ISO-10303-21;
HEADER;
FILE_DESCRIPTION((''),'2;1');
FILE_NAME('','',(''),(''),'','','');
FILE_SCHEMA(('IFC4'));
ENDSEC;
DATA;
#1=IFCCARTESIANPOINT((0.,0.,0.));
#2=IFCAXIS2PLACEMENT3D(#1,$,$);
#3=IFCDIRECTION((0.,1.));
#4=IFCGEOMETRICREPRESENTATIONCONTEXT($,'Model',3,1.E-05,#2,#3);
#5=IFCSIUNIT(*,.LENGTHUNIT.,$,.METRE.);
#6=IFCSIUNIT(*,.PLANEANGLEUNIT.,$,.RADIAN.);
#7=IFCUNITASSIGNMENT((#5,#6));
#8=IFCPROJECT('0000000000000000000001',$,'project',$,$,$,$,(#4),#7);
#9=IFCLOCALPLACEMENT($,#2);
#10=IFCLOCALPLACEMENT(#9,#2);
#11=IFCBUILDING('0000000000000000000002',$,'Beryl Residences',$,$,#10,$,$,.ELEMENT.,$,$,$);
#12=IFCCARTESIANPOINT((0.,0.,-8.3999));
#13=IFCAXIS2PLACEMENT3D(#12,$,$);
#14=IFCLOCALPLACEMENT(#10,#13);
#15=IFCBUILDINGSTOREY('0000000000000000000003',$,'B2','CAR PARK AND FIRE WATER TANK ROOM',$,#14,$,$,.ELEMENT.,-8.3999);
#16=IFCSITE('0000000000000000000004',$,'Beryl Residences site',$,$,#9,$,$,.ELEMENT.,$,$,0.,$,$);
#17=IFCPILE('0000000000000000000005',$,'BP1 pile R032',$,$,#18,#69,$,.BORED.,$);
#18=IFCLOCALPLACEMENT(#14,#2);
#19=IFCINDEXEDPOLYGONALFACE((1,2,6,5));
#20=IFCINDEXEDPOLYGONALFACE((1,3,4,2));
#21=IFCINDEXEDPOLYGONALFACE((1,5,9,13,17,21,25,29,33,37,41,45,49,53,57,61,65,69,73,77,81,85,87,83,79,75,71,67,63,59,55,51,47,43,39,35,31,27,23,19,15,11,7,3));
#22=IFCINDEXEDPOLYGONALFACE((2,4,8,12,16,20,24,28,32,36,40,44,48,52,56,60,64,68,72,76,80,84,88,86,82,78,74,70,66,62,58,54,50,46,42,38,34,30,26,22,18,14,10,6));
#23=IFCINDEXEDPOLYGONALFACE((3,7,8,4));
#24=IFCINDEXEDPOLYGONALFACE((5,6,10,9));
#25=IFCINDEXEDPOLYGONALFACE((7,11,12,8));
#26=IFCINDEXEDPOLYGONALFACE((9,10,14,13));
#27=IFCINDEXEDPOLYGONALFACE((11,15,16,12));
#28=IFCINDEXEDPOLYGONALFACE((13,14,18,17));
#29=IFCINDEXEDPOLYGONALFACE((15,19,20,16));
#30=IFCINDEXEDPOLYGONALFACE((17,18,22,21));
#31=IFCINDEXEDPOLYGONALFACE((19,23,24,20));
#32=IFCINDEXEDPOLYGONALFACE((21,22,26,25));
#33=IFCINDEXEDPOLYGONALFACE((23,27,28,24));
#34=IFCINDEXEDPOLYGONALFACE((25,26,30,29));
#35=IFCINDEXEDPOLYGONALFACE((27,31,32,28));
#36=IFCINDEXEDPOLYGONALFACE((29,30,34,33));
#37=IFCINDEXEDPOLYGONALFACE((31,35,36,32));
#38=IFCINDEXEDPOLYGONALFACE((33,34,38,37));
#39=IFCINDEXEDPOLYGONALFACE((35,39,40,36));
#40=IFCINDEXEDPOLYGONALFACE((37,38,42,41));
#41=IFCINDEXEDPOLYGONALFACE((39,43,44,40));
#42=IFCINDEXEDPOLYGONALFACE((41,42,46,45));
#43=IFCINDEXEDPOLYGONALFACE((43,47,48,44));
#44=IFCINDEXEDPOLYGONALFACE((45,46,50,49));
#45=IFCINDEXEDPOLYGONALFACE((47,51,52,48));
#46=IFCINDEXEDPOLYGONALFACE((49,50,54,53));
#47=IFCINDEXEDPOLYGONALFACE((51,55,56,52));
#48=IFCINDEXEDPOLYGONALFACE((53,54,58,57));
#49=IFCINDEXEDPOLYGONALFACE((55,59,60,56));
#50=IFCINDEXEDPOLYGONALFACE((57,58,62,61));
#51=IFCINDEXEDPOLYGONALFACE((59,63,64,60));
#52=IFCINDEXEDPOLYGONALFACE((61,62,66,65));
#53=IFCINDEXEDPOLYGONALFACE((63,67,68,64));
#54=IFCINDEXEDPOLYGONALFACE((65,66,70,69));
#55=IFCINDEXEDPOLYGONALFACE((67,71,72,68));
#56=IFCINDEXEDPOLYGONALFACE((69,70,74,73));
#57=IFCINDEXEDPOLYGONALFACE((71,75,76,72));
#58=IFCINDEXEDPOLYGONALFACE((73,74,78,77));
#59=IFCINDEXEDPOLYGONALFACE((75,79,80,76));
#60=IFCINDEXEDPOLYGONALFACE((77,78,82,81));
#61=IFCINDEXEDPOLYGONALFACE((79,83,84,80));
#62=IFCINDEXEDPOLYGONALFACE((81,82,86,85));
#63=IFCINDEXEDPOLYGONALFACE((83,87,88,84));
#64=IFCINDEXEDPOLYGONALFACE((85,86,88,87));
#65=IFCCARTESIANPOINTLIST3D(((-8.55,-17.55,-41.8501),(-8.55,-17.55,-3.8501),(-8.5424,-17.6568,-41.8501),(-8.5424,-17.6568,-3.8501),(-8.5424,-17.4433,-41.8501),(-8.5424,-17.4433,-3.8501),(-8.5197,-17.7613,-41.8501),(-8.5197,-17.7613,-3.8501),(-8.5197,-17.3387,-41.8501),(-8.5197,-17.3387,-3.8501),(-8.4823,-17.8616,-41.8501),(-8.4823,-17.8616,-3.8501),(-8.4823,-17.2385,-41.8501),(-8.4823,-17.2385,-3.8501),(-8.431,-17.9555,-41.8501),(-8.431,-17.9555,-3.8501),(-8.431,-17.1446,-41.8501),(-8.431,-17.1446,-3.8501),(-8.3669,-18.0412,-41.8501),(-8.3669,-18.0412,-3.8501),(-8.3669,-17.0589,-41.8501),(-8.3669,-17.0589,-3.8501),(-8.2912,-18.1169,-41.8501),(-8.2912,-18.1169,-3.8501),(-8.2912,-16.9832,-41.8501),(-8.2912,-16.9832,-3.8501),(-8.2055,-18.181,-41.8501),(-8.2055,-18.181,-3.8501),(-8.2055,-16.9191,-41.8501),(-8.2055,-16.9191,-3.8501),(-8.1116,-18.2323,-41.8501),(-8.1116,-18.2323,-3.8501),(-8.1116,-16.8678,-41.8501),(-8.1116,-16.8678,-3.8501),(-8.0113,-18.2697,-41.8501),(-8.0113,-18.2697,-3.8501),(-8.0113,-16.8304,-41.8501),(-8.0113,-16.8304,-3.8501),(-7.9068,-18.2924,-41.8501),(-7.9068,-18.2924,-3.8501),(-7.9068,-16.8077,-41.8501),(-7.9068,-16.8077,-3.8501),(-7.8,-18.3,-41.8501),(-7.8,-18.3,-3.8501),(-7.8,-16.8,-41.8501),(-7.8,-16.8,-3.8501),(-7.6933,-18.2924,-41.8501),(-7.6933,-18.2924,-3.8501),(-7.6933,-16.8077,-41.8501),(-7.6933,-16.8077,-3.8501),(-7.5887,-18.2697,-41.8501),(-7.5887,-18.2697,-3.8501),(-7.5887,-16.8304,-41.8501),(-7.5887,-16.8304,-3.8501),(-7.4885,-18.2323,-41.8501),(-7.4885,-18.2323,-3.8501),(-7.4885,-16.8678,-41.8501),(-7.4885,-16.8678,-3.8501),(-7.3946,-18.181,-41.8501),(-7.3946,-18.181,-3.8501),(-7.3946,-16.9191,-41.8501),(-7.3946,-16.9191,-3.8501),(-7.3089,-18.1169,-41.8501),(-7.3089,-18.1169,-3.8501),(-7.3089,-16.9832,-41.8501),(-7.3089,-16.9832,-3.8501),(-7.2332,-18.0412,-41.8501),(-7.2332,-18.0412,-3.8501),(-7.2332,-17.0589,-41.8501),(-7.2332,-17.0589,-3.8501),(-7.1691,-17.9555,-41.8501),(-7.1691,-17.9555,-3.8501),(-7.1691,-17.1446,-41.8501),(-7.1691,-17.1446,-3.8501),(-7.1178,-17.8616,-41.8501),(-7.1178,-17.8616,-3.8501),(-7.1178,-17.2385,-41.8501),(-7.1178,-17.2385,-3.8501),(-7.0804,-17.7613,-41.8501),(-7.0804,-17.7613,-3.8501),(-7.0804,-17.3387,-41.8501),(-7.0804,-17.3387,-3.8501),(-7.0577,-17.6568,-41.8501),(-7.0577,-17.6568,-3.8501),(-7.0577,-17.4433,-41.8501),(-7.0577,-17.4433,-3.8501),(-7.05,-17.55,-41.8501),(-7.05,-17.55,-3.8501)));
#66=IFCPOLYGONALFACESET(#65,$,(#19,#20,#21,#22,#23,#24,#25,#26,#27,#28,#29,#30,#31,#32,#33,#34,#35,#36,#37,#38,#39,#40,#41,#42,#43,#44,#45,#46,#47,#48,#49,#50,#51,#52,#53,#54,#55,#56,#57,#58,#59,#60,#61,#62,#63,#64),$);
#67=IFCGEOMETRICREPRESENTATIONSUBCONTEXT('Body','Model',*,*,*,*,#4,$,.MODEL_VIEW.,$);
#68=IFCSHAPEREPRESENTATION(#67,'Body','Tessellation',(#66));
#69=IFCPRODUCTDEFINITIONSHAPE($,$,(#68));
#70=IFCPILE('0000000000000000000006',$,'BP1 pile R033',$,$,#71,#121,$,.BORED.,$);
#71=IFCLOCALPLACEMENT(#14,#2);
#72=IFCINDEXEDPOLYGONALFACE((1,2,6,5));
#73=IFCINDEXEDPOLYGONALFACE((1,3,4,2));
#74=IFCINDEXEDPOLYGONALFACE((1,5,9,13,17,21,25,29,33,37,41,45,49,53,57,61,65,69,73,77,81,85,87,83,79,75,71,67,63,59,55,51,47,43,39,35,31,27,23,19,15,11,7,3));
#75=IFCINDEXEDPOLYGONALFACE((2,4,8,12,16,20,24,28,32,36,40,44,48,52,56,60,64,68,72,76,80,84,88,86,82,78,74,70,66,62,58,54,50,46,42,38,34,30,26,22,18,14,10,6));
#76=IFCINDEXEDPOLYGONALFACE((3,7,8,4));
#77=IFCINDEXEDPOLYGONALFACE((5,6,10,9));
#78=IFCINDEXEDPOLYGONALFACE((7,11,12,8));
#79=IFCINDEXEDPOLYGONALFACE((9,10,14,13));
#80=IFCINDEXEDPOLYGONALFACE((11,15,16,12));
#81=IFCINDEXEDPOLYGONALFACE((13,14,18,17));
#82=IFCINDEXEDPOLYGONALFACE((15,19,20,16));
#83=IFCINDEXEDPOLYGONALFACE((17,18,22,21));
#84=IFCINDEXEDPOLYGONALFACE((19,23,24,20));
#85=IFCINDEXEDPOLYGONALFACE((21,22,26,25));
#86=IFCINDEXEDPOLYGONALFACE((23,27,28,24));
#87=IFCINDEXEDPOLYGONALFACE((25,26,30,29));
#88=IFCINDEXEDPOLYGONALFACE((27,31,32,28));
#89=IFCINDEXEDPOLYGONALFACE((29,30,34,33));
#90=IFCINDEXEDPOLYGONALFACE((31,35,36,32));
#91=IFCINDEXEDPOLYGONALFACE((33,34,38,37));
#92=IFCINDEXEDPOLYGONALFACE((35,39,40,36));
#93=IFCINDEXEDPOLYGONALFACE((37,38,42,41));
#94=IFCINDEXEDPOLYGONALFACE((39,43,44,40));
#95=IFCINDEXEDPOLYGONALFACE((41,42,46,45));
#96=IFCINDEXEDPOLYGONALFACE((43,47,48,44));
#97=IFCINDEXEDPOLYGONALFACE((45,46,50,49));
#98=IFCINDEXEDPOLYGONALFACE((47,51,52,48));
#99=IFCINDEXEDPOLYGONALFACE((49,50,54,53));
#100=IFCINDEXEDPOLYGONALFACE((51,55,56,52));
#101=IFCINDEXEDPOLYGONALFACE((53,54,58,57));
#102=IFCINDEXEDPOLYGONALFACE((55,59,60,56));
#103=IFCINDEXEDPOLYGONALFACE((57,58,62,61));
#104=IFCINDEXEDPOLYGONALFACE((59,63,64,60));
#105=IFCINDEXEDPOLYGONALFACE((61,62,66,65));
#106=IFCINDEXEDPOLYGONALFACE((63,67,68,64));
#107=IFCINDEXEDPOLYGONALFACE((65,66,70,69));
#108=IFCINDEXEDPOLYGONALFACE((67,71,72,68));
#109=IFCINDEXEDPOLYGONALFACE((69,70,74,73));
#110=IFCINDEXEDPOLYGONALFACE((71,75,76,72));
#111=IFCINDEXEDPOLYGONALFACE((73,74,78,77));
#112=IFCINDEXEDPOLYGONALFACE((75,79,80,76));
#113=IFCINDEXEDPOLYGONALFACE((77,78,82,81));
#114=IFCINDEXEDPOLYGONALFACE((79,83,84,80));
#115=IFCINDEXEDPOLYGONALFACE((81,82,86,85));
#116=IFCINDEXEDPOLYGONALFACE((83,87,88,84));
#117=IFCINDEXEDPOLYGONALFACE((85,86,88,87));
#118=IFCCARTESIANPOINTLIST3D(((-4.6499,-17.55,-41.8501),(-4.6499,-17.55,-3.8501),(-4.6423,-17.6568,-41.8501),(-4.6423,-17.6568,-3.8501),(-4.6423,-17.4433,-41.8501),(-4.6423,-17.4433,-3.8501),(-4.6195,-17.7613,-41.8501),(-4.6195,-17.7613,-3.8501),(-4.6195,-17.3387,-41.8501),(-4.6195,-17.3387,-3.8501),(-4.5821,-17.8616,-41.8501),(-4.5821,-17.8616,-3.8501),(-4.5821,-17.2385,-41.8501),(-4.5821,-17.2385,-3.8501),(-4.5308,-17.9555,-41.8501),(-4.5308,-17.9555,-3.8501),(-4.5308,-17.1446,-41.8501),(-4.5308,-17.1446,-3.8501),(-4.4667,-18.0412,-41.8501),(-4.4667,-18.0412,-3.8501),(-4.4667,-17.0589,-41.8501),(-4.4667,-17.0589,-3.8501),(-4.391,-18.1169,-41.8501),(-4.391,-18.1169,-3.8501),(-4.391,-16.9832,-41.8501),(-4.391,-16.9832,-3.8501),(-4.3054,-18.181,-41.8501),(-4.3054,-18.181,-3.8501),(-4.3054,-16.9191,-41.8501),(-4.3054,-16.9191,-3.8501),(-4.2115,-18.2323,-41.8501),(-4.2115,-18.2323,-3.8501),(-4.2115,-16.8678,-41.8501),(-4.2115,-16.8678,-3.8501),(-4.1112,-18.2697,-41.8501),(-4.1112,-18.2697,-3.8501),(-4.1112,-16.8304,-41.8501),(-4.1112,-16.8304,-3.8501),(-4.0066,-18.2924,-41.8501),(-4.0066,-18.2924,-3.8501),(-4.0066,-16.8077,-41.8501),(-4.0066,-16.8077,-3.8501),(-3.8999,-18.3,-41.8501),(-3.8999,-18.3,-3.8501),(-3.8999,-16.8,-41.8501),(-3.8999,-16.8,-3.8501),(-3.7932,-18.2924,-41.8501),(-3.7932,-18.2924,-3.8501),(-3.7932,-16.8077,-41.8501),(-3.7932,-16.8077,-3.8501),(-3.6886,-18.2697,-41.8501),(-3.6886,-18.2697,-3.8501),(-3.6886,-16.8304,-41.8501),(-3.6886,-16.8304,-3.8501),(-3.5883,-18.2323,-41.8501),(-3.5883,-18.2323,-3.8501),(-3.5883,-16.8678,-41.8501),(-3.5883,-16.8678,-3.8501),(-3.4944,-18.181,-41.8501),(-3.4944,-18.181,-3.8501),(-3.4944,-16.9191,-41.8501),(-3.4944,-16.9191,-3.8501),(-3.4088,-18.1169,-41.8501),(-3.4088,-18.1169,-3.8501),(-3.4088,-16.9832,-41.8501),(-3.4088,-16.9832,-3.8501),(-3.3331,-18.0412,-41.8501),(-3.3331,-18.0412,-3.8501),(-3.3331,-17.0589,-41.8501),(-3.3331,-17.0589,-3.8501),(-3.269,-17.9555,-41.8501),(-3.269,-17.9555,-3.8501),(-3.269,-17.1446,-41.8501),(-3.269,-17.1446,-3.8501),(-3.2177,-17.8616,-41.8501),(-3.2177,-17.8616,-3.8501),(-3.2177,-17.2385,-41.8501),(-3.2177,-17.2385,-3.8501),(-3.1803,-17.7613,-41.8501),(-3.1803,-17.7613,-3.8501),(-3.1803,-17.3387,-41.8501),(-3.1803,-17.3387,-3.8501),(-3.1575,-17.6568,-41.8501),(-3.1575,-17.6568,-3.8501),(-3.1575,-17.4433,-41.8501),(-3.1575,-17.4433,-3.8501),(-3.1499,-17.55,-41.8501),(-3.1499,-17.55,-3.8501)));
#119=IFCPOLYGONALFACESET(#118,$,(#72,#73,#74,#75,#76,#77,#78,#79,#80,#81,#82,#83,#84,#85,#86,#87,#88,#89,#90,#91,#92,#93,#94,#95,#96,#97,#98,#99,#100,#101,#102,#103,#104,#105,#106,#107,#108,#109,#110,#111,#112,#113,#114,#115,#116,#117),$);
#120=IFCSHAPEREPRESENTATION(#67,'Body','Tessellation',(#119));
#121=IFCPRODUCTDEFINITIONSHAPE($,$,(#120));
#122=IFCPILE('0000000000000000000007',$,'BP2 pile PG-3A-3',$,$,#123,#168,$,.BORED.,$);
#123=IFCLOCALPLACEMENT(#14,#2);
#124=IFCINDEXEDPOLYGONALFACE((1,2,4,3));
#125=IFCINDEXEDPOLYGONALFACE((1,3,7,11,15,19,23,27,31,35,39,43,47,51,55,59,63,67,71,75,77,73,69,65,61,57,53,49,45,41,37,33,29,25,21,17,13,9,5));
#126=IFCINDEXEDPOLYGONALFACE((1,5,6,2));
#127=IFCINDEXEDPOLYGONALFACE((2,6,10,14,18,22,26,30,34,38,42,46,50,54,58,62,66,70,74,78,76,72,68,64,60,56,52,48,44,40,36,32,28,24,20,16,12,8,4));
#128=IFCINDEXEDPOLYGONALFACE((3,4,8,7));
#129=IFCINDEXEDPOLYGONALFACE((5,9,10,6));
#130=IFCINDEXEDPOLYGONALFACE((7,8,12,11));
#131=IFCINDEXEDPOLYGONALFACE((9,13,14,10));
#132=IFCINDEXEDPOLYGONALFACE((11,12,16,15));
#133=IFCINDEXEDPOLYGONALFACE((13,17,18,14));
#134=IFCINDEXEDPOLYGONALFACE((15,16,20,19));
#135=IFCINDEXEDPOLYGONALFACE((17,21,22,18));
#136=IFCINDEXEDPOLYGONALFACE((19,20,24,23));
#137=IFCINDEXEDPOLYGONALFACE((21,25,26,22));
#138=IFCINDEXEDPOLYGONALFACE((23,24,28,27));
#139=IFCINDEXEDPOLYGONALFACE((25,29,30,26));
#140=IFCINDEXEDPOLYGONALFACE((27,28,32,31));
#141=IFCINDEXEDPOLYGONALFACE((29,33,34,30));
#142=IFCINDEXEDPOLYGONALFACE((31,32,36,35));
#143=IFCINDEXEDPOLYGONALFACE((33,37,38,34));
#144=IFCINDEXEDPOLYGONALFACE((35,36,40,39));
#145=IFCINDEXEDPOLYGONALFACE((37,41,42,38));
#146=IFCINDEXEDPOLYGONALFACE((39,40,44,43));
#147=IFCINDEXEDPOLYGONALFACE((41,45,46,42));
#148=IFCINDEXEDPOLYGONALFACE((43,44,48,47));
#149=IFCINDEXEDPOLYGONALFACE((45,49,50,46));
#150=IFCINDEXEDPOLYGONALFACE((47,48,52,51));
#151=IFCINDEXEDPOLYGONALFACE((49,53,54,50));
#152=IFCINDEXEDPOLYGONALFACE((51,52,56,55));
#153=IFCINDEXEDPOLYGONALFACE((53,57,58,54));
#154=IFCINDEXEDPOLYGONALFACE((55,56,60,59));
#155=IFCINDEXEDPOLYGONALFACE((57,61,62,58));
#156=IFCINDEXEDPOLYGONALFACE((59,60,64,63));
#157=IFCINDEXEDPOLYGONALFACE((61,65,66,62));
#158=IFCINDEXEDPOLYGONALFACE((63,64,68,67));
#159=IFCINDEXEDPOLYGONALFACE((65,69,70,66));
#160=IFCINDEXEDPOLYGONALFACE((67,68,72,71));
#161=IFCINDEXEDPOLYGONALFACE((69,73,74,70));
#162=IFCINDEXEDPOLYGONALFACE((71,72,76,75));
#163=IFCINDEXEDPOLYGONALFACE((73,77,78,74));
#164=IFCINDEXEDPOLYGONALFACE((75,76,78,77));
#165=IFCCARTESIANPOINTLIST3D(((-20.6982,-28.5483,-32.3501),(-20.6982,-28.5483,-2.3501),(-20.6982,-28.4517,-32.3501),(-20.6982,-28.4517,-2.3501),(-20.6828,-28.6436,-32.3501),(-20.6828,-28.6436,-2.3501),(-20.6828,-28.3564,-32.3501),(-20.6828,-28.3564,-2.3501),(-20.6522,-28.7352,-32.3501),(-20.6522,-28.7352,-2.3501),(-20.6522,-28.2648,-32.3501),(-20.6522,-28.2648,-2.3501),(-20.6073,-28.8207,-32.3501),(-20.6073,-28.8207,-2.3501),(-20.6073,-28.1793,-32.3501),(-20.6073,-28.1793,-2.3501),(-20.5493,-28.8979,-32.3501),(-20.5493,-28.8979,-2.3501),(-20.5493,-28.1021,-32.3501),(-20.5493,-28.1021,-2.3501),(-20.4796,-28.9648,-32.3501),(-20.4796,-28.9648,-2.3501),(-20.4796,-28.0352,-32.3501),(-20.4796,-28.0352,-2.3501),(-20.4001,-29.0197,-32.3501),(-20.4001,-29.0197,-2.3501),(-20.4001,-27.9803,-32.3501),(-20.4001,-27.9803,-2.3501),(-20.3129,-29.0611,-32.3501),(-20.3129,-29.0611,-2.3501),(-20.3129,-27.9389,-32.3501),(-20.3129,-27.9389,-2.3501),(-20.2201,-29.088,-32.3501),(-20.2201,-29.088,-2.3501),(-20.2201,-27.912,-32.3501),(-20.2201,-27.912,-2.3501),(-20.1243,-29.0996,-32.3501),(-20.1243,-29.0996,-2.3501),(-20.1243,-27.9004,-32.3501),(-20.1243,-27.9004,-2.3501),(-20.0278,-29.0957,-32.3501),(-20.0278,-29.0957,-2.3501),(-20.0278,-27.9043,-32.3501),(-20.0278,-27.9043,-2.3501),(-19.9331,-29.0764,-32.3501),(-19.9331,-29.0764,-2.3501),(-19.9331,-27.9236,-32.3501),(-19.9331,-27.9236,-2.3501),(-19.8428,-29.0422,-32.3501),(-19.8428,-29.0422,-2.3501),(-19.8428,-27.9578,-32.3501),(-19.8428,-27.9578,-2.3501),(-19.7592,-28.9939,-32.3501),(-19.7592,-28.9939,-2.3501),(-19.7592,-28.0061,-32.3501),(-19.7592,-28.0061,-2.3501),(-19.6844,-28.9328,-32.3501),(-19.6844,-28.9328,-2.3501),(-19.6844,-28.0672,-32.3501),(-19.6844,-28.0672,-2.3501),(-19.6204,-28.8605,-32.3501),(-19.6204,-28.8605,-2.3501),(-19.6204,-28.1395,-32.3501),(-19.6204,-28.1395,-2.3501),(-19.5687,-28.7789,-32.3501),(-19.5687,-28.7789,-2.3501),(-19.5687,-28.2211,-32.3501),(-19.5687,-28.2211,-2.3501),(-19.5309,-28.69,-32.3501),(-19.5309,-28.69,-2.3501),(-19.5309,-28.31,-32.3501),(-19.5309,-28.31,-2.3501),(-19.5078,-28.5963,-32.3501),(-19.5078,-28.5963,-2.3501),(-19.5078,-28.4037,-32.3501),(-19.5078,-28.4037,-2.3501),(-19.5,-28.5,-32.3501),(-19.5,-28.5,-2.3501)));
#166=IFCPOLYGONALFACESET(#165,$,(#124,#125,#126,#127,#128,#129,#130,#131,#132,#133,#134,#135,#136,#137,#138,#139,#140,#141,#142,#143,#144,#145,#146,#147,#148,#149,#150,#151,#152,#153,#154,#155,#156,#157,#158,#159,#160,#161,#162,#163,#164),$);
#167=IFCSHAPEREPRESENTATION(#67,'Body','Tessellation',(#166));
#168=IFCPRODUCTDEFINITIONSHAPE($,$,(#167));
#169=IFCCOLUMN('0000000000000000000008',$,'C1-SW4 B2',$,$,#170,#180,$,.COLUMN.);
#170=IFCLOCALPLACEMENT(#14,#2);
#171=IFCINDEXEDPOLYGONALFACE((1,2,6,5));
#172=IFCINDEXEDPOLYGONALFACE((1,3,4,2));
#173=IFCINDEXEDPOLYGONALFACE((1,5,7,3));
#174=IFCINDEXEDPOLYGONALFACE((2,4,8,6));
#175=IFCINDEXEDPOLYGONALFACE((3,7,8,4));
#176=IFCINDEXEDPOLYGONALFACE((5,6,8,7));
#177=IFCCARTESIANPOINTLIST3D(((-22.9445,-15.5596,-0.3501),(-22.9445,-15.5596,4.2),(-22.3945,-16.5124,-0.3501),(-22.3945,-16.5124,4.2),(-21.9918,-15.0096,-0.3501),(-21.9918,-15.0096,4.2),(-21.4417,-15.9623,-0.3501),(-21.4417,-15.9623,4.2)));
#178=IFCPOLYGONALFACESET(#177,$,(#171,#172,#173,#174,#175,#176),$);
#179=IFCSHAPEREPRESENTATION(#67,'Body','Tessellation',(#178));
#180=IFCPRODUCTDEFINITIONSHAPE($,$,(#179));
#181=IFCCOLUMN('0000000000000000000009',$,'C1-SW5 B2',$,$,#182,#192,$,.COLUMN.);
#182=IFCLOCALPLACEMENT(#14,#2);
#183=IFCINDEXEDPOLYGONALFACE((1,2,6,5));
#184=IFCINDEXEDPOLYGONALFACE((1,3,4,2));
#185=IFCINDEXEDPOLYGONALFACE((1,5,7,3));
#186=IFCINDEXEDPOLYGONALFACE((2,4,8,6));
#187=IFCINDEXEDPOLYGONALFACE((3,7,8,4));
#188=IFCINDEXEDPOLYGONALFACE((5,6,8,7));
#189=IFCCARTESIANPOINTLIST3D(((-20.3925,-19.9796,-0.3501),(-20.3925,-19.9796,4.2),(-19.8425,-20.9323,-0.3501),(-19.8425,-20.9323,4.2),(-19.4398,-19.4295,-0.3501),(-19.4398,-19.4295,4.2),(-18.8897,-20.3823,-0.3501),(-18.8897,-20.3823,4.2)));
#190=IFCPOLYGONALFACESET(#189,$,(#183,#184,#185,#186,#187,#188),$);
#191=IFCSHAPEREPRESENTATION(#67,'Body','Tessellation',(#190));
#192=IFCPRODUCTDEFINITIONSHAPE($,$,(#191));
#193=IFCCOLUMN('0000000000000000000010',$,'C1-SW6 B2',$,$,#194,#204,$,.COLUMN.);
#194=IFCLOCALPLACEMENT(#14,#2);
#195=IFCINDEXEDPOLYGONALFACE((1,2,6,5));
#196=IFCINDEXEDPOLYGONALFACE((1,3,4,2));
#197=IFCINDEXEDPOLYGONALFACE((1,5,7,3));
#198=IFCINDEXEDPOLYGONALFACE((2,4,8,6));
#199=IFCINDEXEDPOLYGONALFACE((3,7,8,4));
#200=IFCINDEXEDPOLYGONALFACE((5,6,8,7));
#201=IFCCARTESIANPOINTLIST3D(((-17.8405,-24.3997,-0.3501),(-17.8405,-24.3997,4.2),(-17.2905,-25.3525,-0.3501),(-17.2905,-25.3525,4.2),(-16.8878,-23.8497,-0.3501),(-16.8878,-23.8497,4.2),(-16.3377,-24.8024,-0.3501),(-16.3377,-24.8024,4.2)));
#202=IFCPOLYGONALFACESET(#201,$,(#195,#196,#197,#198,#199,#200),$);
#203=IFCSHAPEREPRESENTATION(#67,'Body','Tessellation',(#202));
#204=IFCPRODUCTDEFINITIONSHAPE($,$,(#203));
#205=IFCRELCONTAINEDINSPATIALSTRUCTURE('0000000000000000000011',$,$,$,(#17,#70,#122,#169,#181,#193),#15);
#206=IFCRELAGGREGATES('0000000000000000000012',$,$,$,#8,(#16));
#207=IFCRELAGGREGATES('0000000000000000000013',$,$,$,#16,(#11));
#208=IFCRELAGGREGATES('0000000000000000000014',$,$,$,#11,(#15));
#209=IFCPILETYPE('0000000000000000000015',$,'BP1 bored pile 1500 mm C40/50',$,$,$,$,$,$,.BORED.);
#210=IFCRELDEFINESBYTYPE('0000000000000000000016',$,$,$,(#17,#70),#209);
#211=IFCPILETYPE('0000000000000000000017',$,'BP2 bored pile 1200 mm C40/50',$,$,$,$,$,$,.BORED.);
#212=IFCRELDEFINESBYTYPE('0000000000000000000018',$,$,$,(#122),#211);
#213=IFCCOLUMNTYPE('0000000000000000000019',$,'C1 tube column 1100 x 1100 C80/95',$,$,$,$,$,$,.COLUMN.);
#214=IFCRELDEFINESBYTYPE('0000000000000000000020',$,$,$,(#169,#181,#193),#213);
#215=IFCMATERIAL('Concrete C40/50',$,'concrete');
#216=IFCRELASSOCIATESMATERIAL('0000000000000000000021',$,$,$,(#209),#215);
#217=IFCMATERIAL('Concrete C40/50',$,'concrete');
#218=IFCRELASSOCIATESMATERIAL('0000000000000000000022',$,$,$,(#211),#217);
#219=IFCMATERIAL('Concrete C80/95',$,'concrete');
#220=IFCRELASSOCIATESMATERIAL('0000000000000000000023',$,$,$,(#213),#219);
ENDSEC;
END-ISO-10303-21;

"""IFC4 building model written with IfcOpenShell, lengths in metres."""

from ifc_helpers import new_model, si_unit, direction, frame, origin, origin_2d, place, context, subcontext, project, spatial, rectangle, circle, extrude, material, material_profile, profile_set, type_object, element, save


model = new_model("IFC4")

# Units and contexts
model_context = context("Model", 3, precision=1e-05, world=origin(), true_north=direction((0.0, 1.0)))
body_context = subcontext(model_context, "Body", "Model", "MODEL_VIEW")
ifc_project = project(units=[si_unit("LENGTHUNIT", "METRE"), si_unit("PLANEANGLEUNIT", "RADIAN")], contexts=[model_context])

# Site, building, storey
site_placement = place(None, origin())
site = spatial("IfcSite", under=ifc_project, at=site_placement, Name="Beryl Residences site", CompositionType="ELEMENT", RefElevation=0.0)
building_placement = place(site_placement, origin())
building = spatial("IfcBuilding", under=site, at=building_placement, Name="Beryl Residences", CompositionType="ELEMENT")
storey_placement = place(building_placement, frame((0.0, 0.0, -8.3999)))
storey = spatial("IfcBuildingStorey", under=building, at=storey_placement, Name="B2", Description="CAR PARK AND FIRE WATER TANK ROOM", CompositionType="ELEMENT", Elevation=-8.3999)

# Piles
ifc_material_1 = material(Name="Concrete C40/50", Category="concrete")
ifc_material_profile_1 = material_profile(ifc_material_1, circle(Radius=0.75, at=origin_2d()))
ifc_profile_set_1 = profile_set([ifc_material_profile_1], Name="Concrete C40/50")
pile_type_1 = type_object("IfcPileType", Name="BP1 bored pile 1500 mm C40/50", PredefinedType="BORED", material=ifc_profile_set_1)
for number, where, z_axis, x_axis, name in (
    (1, (-7.8, -17.55, -3.8501), (0.0, 0.0, -1.0), (1.0, 0.0, 0.0), "BP1 pile R032"),
    (2, (-3.8999, -17.55, -3.8501), (0.0, 0.0, -1.0), (1.0, 0.0, 0.0), "BP1 pile R033"),
):
    element("IfcPile", number, at=place(storey_placement, frame(where, z_axis=z_axis, x_axis=x_axis)), inside=storey, type_object=pile_type_1, Name=name, PredefinedType="BORED", context=body_context, shape_type="SweptSolid", body=[
        extrude(circle(Radius=0.75, at=origin_2d()), origin(), (0.0, 0.0, 1.0), 38.0),
    ])
ifc_material_2 = material(Name="Concrete C40/50", Category="concrete")
ifc_material_profile_2 = material_profile(ifc_material_2, circle(Radius=0.6001, at=origin_2d()))
ifc_profile_set_2 = profile_set([ifc_material_profile_2], Name="Concrete C40/50")
pile_type_2 = type_object("IfcPileType", Name="BP2 bored pile 1200 mm C40/50", PredefinedType="BORED", material=ifc_profile_set_2)
pile_placement = place(storey_placement, frame((-20.1001, -28.5, -2.3501), z_axis=(0.0, 0.0, -1.0), x_axis=(1.0, 0.0, 0.0)))
element("IfcPile", 3, at=pile_placement, inside=storey, type_object=pile_type_2, Name="BP2 pile PG-3A-3", PredefinedType="BORED", context=body_context, shape_type="SweptSolid", body=[
    extrude(circle(Radius=0.6001, at=origin_2d()), origin(), (0.0, 0.0, 1.0), 30.0),
])

# Columns
ifc_material_3 = material(Name="Concrete C80/95", Category="concrete")
ifc_material_profile_3 = material_profile(ifc_material_3, rectangle(XDim=1.1001, YDim=1.1001, at=origin_2d()))
ifc_profile_set_3 = profile_set([ifc_material_profile_3], Name="Concrete C80/95")
column_type_1 = type_object("IfcColumnType", Name="C1 tube column 1100 x 1100 C80/95", PredefinedType="COLUMN", material=ifc_profile_set_3)
for number, where, z_axis, x_axis, name in (
    (4, (-22.1931, -15.761, -0.3501), (0.0, 0.0, 1.0), (0.499985, -0.866034, 0.0), "C1-SW4 B2"),
    (5, (-19.6411, -20.1809, -0.3501), (0.0, 0.0, 1.0), (0.499985, -0.866034, 0.0), "C1-SW5 B2"),
    (6, (-17.0891, -24.6011, -0.3501), (0.0, 0.0, 1.0), (0.499985, -0.866034, 0.0), "C1-SW6 B2"),
):
    element("IfcColumn", number, at=place(storey_placement, frame(where, z_axis=z_axis, x_axis=x_axis)), inside=storey, type_object=column_type_1, Name=name, PredefinedType="COLUMN", context=body_context, shape_type="SweptSolid", body=[
        extrude(rectangle(XDim=1.1001, YDim=1.1001, at=origin_2d()), origin(), (0.0, 0.0, 1.0), 4.55),
    ])

save(model, "model.ifc")
